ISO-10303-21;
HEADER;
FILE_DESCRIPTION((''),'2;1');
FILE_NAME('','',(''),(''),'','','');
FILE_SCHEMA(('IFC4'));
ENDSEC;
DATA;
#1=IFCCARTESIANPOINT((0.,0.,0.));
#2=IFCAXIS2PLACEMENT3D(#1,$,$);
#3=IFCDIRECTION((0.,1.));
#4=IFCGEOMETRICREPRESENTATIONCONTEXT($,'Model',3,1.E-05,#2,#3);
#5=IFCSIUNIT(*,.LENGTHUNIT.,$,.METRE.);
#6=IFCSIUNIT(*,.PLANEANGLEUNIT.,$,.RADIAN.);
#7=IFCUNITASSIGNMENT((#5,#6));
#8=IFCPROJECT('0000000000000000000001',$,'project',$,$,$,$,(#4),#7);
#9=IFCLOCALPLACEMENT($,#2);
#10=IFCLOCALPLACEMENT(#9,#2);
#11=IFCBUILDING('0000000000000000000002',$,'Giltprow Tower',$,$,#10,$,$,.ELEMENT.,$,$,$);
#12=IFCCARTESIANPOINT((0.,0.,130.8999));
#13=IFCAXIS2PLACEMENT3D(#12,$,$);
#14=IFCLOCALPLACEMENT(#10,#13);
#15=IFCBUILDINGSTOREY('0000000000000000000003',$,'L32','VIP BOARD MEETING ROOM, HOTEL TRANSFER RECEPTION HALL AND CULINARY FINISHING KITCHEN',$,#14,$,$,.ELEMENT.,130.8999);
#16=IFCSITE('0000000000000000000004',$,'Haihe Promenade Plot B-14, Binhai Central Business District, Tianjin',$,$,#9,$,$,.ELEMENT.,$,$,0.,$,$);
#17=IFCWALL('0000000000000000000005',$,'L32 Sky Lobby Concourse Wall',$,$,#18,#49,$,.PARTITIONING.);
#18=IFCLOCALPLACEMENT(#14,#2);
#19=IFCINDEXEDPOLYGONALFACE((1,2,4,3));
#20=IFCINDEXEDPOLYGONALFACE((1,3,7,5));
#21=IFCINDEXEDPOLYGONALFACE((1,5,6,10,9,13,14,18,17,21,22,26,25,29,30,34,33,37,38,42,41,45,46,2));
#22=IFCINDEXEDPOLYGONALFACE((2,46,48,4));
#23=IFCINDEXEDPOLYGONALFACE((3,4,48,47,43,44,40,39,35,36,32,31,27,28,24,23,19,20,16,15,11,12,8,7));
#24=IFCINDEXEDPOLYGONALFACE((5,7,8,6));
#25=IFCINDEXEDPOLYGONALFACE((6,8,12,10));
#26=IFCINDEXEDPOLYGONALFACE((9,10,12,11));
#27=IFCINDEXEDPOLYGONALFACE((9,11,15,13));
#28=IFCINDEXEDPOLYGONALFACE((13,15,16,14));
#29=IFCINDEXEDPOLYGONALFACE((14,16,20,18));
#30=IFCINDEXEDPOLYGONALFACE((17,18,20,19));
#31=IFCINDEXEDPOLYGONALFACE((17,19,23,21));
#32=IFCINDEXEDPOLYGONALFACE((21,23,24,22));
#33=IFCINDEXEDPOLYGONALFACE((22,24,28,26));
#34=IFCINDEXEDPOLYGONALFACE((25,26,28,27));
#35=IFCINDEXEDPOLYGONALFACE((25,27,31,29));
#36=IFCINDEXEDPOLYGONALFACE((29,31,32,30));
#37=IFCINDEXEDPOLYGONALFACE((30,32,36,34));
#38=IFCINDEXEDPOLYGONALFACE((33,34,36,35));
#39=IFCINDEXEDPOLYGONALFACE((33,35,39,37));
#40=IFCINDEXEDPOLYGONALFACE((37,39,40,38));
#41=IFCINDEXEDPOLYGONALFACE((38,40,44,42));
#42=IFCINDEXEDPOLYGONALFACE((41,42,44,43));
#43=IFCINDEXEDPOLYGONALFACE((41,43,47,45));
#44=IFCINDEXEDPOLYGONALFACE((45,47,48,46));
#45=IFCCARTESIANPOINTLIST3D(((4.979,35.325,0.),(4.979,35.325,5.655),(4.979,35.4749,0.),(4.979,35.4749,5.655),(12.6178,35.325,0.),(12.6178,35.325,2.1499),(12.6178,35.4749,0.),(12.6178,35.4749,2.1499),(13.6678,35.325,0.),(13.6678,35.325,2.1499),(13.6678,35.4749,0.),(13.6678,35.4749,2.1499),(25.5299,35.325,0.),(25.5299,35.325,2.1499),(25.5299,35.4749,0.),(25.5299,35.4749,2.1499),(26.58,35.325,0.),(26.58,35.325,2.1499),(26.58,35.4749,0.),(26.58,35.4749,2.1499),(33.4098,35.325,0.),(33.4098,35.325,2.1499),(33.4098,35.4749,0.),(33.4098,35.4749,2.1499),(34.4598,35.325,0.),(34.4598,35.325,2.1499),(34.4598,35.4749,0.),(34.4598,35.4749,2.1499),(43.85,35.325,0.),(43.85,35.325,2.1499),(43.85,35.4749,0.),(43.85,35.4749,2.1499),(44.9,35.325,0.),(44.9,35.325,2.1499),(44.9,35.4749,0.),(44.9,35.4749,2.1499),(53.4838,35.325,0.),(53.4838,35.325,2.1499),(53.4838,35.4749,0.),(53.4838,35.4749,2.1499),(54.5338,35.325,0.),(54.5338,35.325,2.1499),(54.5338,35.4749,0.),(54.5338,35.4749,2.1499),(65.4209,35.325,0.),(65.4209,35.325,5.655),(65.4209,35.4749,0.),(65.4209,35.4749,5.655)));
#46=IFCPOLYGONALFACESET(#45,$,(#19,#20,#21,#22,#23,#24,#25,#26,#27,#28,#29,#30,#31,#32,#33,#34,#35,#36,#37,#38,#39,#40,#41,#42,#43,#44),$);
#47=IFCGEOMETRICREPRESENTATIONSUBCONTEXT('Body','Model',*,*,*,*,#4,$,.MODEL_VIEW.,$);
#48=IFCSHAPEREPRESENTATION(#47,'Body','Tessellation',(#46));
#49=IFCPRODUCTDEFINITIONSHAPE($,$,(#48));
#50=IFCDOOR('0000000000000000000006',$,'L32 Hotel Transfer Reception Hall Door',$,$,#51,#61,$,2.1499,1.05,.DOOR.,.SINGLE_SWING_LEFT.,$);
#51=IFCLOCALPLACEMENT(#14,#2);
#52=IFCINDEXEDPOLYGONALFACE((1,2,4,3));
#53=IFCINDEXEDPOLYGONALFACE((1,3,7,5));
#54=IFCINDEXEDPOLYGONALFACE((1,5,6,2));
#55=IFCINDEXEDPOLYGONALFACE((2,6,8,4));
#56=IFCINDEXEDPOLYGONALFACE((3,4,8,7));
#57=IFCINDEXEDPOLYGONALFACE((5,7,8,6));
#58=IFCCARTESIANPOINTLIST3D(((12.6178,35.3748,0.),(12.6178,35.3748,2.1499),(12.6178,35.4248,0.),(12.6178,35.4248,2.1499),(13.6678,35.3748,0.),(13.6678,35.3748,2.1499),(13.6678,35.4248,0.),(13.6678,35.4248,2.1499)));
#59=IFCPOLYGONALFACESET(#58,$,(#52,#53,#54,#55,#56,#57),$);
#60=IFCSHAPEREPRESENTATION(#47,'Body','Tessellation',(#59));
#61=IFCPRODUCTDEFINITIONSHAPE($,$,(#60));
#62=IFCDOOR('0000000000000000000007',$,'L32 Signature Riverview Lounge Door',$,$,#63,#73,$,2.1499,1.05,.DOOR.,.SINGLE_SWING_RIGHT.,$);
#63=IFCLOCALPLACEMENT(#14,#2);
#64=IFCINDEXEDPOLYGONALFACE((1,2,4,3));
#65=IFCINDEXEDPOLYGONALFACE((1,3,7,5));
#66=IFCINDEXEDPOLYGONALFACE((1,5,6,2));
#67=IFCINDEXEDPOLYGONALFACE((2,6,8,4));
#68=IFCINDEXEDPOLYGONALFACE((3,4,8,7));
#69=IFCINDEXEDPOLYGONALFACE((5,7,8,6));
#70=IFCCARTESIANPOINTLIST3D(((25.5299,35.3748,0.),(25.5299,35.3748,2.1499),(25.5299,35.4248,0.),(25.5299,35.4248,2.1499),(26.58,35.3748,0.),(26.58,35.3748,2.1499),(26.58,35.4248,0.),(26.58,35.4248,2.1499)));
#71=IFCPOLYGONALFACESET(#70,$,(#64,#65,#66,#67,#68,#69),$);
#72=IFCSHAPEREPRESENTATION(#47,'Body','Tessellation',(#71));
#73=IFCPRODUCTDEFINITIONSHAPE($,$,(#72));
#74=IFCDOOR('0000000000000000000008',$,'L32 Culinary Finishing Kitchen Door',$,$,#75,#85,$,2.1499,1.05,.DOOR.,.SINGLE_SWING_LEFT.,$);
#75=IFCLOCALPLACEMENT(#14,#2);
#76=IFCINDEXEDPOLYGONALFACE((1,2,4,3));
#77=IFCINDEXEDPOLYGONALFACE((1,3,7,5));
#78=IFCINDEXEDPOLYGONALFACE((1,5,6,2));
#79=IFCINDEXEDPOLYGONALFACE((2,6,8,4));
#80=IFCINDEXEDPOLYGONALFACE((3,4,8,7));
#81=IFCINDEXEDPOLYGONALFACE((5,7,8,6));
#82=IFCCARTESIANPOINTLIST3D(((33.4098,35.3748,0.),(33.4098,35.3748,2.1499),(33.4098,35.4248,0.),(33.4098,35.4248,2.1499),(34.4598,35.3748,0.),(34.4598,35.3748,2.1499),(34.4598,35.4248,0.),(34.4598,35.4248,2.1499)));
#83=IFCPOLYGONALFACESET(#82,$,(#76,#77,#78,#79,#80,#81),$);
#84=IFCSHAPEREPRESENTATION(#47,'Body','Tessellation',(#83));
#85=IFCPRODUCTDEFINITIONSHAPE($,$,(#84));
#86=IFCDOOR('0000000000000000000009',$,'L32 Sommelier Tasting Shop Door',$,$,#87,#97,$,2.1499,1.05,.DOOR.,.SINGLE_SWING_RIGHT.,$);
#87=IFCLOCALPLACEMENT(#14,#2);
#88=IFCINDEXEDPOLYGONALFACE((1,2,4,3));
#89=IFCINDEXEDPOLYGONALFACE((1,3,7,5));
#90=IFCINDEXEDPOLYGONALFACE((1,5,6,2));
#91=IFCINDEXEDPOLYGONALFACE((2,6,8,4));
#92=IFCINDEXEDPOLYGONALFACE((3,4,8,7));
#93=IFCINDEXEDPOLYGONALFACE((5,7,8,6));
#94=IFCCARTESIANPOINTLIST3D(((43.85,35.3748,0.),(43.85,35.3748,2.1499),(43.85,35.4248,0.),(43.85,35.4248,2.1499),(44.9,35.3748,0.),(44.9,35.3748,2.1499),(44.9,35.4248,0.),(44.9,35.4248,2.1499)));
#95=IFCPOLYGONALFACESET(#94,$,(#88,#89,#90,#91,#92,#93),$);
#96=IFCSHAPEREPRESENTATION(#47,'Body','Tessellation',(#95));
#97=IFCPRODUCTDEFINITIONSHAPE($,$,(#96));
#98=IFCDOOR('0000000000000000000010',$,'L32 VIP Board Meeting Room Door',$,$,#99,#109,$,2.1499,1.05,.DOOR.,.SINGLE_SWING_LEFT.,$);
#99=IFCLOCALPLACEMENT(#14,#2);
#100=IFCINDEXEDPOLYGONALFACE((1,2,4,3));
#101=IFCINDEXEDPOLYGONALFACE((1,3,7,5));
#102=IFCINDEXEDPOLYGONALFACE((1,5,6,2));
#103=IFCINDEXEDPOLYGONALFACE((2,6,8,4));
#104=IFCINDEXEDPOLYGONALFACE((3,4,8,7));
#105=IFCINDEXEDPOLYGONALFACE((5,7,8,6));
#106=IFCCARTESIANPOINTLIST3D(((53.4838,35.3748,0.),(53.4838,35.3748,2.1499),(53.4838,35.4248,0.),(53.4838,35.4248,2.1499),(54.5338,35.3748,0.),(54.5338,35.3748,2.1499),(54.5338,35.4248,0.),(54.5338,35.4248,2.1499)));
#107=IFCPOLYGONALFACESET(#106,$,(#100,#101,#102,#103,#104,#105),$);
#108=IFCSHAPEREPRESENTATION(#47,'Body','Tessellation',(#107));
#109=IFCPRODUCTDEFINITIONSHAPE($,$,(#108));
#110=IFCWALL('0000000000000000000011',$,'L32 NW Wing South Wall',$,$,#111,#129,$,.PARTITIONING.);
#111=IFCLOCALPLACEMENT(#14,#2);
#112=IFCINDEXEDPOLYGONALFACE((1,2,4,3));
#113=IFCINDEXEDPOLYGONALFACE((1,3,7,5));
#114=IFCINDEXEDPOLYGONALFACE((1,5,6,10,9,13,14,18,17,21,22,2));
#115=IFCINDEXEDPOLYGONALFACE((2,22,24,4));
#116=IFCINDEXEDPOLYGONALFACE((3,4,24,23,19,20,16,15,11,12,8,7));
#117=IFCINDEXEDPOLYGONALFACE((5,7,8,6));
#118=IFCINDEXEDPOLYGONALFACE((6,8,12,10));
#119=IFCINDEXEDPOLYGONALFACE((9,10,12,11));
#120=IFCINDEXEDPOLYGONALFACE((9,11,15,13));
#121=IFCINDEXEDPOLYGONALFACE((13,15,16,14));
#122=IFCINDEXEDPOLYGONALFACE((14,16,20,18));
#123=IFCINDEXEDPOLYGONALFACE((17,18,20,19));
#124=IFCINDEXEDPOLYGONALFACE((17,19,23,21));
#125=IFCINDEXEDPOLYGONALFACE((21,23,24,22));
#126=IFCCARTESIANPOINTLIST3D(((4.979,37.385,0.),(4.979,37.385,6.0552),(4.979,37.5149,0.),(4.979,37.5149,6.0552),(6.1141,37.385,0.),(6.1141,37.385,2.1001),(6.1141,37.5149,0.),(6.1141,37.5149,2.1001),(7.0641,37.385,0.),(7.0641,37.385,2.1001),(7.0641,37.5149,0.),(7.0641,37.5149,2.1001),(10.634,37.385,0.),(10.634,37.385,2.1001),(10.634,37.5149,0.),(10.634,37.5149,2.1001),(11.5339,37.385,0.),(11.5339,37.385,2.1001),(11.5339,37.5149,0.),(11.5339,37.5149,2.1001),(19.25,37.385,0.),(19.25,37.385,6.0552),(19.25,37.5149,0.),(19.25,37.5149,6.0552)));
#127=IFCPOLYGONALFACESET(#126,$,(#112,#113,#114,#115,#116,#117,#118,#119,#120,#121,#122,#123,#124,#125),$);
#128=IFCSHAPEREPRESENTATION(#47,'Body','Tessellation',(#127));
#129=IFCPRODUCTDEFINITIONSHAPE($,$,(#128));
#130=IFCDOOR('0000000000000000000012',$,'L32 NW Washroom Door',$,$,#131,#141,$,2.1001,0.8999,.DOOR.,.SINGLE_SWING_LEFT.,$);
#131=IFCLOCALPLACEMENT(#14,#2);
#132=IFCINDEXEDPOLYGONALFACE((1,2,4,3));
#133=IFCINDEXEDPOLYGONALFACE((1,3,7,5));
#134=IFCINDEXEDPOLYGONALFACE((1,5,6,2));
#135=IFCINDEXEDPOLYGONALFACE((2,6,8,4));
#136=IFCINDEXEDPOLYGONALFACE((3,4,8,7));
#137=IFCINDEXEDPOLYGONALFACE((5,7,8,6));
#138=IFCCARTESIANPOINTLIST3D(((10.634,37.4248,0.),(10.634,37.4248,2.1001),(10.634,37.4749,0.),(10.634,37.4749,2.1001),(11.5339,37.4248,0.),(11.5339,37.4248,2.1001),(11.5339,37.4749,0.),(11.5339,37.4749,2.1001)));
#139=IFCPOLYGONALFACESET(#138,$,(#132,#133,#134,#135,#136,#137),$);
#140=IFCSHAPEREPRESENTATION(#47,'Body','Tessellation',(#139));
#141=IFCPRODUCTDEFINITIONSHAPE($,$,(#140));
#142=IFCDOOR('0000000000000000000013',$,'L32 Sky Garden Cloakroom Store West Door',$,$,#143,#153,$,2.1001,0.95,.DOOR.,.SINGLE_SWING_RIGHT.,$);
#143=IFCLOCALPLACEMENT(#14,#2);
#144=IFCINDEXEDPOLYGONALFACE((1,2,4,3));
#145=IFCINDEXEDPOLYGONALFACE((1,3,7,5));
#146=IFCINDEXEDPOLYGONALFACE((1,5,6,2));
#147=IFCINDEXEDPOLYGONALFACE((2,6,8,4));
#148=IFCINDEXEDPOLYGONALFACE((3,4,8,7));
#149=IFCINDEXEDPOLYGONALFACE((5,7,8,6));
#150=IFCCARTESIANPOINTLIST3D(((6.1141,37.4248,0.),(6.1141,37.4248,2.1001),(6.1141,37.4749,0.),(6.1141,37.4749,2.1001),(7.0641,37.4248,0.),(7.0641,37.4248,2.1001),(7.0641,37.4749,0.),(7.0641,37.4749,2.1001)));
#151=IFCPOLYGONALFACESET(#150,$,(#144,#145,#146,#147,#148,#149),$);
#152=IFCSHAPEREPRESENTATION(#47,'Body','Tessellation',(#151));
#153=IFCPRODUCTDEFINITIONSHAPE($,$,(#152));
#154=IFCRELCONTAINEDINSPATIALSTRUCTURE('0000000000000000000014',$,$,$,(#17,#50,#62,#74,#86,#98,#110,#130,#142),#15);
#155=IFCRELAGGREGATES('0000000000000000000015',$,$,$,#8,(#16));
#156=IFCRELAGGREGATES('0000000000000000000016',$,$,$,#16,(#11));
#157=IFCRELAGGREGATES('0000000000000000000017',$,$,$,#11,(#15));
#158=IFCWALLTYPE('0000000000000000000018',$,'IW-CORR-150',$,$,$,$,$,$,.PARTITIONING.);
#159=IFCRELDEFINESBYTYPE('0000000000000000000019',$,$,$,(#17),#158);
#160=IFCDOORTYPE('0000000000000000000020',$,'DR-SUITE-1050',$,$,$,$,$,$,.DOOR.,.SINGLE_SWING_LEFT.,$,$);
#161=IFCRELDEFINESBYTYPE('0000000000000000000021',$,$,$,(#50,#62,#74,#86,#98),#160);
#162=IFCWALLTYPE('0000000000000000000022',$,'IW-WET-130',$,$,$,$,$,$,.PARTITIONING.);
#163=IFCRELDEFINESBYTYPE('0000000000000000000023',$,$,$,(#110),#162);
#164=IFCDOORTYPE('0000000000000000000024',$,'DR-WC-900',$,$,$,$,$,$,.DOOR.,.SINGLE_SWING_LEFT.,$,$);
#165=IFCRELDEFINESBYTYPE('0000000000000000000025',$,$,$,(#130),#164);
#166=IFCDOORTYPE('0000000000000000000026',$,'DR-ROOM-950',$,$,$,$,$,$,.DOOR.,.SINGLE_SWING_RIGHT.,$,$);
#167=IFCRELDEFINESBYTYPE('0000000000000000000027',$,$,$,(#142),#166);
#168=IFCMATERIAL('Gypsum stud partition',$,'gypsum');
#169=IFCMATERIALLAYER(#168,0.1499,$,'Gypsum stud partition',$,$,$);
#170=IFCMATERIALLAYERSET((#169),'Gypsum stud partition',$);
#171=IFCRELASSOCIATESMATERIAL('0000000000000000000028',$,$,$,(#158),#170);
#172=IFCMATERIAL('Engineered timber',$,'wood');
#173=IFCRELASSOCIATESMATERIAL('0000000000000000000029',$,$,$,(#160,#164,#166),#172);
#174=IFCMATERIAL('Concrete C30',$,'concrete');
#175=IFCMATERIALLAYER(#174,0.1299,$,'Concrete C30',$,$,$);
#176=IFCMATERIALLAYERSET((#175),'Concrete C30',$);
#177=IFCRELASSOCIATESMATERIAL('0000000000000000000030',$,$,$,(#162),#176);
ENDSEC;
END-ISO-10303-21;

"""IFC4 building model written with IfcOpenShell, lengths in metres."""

from ifc_helpers import new_model, si_unit, direction, frame, frame_2d, origin, place, context, subcontext, project, spatial, rectangle, extrude, source, transform, mapped, material, layer, layer_set, type_object, element, fill, save


model = new_model("IFC4")

# Units and contexts
model_context = context("Model", 3, precision=1e-05, world=origin(), true_north=direction((0.0, 1.0)))
body_context = subcontext(model_context, "Body", "Model", "MODEL_VIEW")
ifc_project = project(units=[si_unit("LENGTHUNIT", "METRE"), si_unit("PLANEANGLEUNIT", "RADIAN")], contexts=[model_context])

# Site, building, storey
site_placement = place(None, origin())
site = spatial("IfcSite", under=ifc_project, at=site_placement, Name="Haihe Promenade Plot B-14, Binhai Central Business District, Tianjin", CompositionType="ELEMENT", RefElevation=0.0)
building_placement = place(site_placement, origin())
building = spatial("IfcBuilding", under=site, at=building_placement, Name="Giltprow Tower", CompositionType="ELEMENT")
storey_placement = place(building_placement, frame((0.0, 0.0, 130.8999)))
storey = spatial("IfcBuildingStorey", under=building, at=storey_placement, Name="L32", Description="VIP BOARD MEETING ROOM, HOTEL TRANSFER RECEPTION HALL AND CULINARY FINISHING KITCHEN", CompositionType="ELEMENT", Elevation=130.8999)

# Walls, openings, doors
ifc_material_1 = material(Name="Gypsum stud partition", Category="gypsum")
ifc_layer_1 = layer(ifc_material_1, 0.1499, Name="Gypsum stud partition")
ifc_layer_set_1 = layer_set([ifc_layer_1], Name="Gypsum stud partition")
wall_type_1 = type_object("IfcWallType", Name="IW-CORR-150", PredefinedType="PARTITIONING", material=ifc_layer_set_1)
wall_1_placement = place(storey_placement, frame((4.979, 35.3999, 0.0), z_axis=(0.0, 0.0, 1.0), x_axis=(1.0, 0.0, 0.0)))
wall_1 = element("IfcWall", 1, at=wall_1_placement, inside=storey, type_object=wall_type_1, Name="L32 Sky Lobby Concourse Wall", PredefinedType="PARTITIONING", context=body_context, shape_type="SweptSolid", body=[
    extrude(rectangle(XDim=60.4419, YDim=0.1499, at=frame_2d((30.2209, 0.0))), origin(), (0.0, 0.0, 1.0), 5.655),
])
opening_1_placement = place(wall_1_placement, frame((7.6389, 0.0, 0.0)))
opening_1 = element("IfcOpeningElement", 2, at=opening_1_placement, cuts=wall_1, PredefinedType="OPENING", context=body_context, shape_type="SweptSolid", body=[
    extrude(rectangle(XDim=1.05, YDim=2.1499, at=frame_2d((0.5249, 1.075))), frame((0.0, 0.085, 0.0), z_axis=(0.0, -1.0, 0.0), x_axis=(1.0, 0.0, 0.0)), (0.0, 0.0, 1.0), 0.1699),
])
opening_2_placement = place(wall_1_placement, frame((20.551, 0.0, 0.0)))
opening_2 = element("IfcOpeningElement", 3, at=opening_2_placement, cuts=wall_1, PredefinedType="OPENING", context=body_context, shape_type="SweptSolid", body=[
    extrude(rectangle(XDim=1.05, YDim=2.1499, at=frame_2d((0.5249, 1.075))), frame((0.0, 0.085, 0.0), z_axis=(0.0, -1.0, 0.0), x_axis=(1.0, 0.0, 0.0)), (0.0, 0.0, 1.0), 0.1699),
])
opening_3_placement = place(wall_1_placement, frame((28.4309, 0.0, 0.0)))
opening_3 = element("IfcOpeningElement", 4, at=opening_3_placement, cuts=wall_1, PredefinedType="OPENING", context=body_context, shape_type="SweptSolid", body=[
    extrude(rectangle(XDim=1.05, YDim=2.1499, at=frame_2d((0.5249, 1.075))), frame((0.0, 0.085, 0.0), z_axis=(0.0, -1.0, 0.0), x_axis=(1.0, 0.0, 0.0)), (0.0, 0.0, 1.0), 0.1699),
])
opening_4_placement = place(wall_1_placement, frame((38.8711, 0.0, 0.0)))
opening_4 = element("IfcOpeningElement", 5, at=opening_4_placement, cuts=wall_1, PredefinedType="OPENING", context=body_context, shape_type="SweptSolid", body=[
    extrude(rectangle(XDim=1.05, YDim=2.1499, at=frame_2d((0.5249, 1.075))), frame((0.0, 0.085, 0.0), z_axis=(0.0, -1.0, 0.0), x_axis=(1.0, 0.0, 0.0)), (0.0, 0.0, 1.0), 0.1699),
])
opening_5_placement = place(wall_1_placement, frame((48.5049, 0.0, 0.0)))
opening_5 = element("IfcOpeningElement", 6, at=opening_5_placement, cuts=wall_1, PredefinedType="OPENING", context=body_context, shape_type="SweptSolid", body=[
    extrude(rectangle(XDim=1.05, YDim=2.1499, at=frame_2d((0.5249, 1.075))), frame((0.0, 0.085, 0.0), z_axis=(0.0, -1.0, 0.0), x_axis=(1.0, 0.0, 0.0)), (0.0, 0.0, 1.0), 0.1699),
])
ifc_material_2 = material(Name="Engineered timber", Category="wood")
door_type_1 = type_object("IfcDoorType", Name="DR-SUITE-1050", OperationType="SINGLE_SWING_LEFT", PredefinedType="DOOR", material=ifc_material_2)
shared_shape_1 = source(origin(), body_context, "Body", "SweptSolid", [
    extrude(rectangle(XDim=1.05, YDim=2.1499, at=frame_2d((0.5249, 1.075))), frame((0.0, 0.0249, 0.0), z_axis=(0.0, -1.0, 0.0), x_axis=(1.0, 0.0, 0.0)), (0.0, 0.0, 1.0), 0.05),
])
door_1_placement = place(opening_1_placement, origin())
door_1 = element("IfcDoor", 7, at=door_1_placement, inside=storey, type_object=door_type_1, Name="L32 Hotel Transfer Reception Hall Door", OperationType="SINGLE_SWING_LEFT", OverallHeight=2.1499, OverallWidth=1.05, PredefinedType="DOOR", context=body_context, shape_type="MappedRepresentation", body=[
    mapped(shared_shape_1, transform((0.0, 0.0, 0.0), x_axis=(1.0, 0.0, 0.0), y_axis=(0.0, 1.0, 0.0), z_axis=(0.0, 0.0, 1.0), scale=1.0)),
])
fill(opening_1, door_1)
door_2_placement = place(opening_2_placement, origin())
door_2 = element("IfcDoor", 8, at=door_2_placement, inside=storey, type_object=door_type_1, Name="L32 Signature Riverview Lounge Door", OperationType="SINGLE_SWING_RIGHT", OverallHeight=2.1499, OverallWidth=1.05, PredefinedType="DOOR", context=body_context, shape_type="MappedRepresentation", body=[
    mapped(shared_shape_1, transform((0.0, 0.0, 0.0), x_axis=(1.0, 0.0, 0.0), y_axis=(0.0, 1.0, 0.0), z_axis=(0.0, 0.0, 1.0), scale=1.0)),
])
fill(opening_2, door_2)
door_3_placement = place(opening_3_placement, origin())
door_3 = element("IfcDoor", 9, at=door_3_placement, inside=storey, type_object=door_type_1, Name="L32 Culinary Finishing Kitchen Door", OperationType="SINGLE_SWING_LEFT", OverallHeight=2.1499, OverallWidth=1.05, PredefinedType="DOOR", context=body_context, shape_type="MappedRepresentation", body=[
    mapped(shared_shape_1, transform((0.0, 0.0, 0.0), x_axis=(1.0, 0.0, 0.0), y_axis=(0.0, 1.0, 0.0), z_axis=(0.0, 0.0, 1.0), scale=1.0)),
])
fill(opening_3, door_3)
door_4_placement = place(opening_4_placement, origin())
door_4 = element("IfcDoor", 10, at=door_4_placement, inside=storey, type_object=door_type_1, Name="L32 Sommelier Tasting Shop Door", OperationType="SINGLE_SWING_RIGHT", OverallHeight=2.1499, OverallWidth=1.05, PredefinedType="DOOR", context=body_context, shape_type="MappedRepresentation", body=[
    mapped(shared_shape_1, transform((0.0, 0.0, 0.0), x_axis=(1.0, 0.0, 0.0), y_axis=(0.0, 1.0, 0.0), z_axis=(0.0, 0.0, 1.0), scale=1.0)),
])
fill(opening_4, door_4)
door_5_placement = place(opening_5_placement, origin())
door_5 = element("IfcDoor", 11, at=door_5_placement, inside=storey, type_object=door_type_1, Name="L32 VIP Board Meeting Room Door", OperationType="SINGLE_SWING_LEFT", OverallHeight=2.1499, OverallWidth=1.05, PredefinedType="DOOR", context=body_context, shape_type="MappedRepresentation", body=[
    mapped(shared_shape_1, transform((0.0, 0.0, 0.0), x_axis=(1.0, 0.0, 0.0), y_axis=(0.0, 1.0, 0.0), z_axis=(0.0, 0.0, 1.0), scale=1.0)),
])
fill(opening_5, door_5)
ifc_material_3 = material(Name="Concrete C30", Category="concrete")
ifc_layer_2 = layer(ifc_material_3, 0.1299, Name="Concrete C30")
ifc_layer_set_2 = layer_set([ifc_layer_2], Name="Concrete C30")
wall_type_2 = type_object("IfcWallType", Name="IW-WET-130", PredefinedType="PARTITIONING", material=ifc_layer_set_2)
wall_2_placement = place(storey_placement, frame((4.979, 37.45, 0.0), z_axis=(0.0, 0.0, 1.0), x_axis=(1.0, 0.0, 0.0)))
wall_2 = element("IfcWall", 12, at=wall_2_placement, inside=storey, type_object=wall_type_2, Name="L32 NW Wing South Wall", PredefinedType="PARTITIONING", context=body_context, shape_type="SweptSolid", body=[
    extrude(rectangle(XDim=14.271, YDim=0.1299, at=frame_2d((7.1355, 0.0))), origin(), (0.0, 0.0, 1.0), 6.0552),
])
opening_6_placement = place(wall_2_placement, frame((1.135, 0.0, 0.0)))
opening_6 = element("IfcOpeningElement", 13, at=opening_6_placement, cuts=wall_2, PredefinedType="OPENING", context=body_context, shape_type="SweptSolid", body=[
    extrude(rectangle(XDim=0.95, YDim=2.1001, at=frame_2d((0.4751, 1.05))), frame((0.0, 0.075, 0.0), z_axis=(0.0, -1.0, 0.0), x_axis=(1.0, 0.0, 0.0)), (0.0, 0.0, 1.0), 0.1499),
])
opening_7_placement = place(wall_2_placement, frame((5.655, 0.0, 0.0)))
opening_7 = element("IfcOpeningElement", 14, at=opening_7_placement, cuts=wall_2, PredefinedType="OPENING", context=body_context, shape_type="SweptSolid", body=[
    extrude(rectangle(XDim=0.8999, YDim=2.1001, at=frame_2d((0.45, 1.05))), frame((0.0, 0.075, 0.0), z_axis=(0.0, -1.0, 0.0), x_axis=(1.0, 0.0, 0.0)), (0.0, 0.0, 1.0), 0.1499),
])
door_type_2 = type_object("IfcDoorType", Name="DR-WC-900", OperationType="SINGLE_SWING_LEFT", PredefinedType="DOOR", material=ifc_material_2)
shared_shape_2 = source(origin(), body_context, "Body", "SweptSolid", [
    extrude(rectangle(XDim=0.8999, YDim=2.1001, at=frame_2d((0.45, 1.05))), frame((0.0, 0.0249, 0.0), z_axis=(0.0, -1.0, 0.0), x_axis=(1.0, 0.0, 0.0)), (0.0, 0.0, 1.0), 0.05),
])
door_6_placement = place(opening_7_placement, origin())
door_6 = element("IfcDoor", 15, at=door_6_placement, inside=storey, type_object=door_type_2, Name="L32 NW Washroom Door", OperationType="SINGLE_SWING_LEFT", OverallHeight=2.1001, OverallWidth=0.8999, PredefinedType="DOOR", context=body_context, shape_type="MappedRepresentation", body=[
    mapped(shared_shape_2, transform((0.0, 0.0, 0.0), x_axis=(1.0, 0.0, 0.0), y_axis=(0.0, 1.0, 0.0), z_axis=(0.0, 0.0, 1.0), scale=1.0)),
])
fill(opening_7, door_6)
door_type_3 = type_object("IfcDoorType", Name="DR-ROOM-950", OperationType="SINGLE_SWING_RIGHT", PredefinedType="DOOR", material=ifc_material_2)
shared_shape_3 = source(origin(), body_context, "Body", "SweptSolid", [
    extrude(rectangle(XDim=0.95, YDim=2.1001, at=frame_2d((0.4751, 1.05))), frame((0.0, 0.0249, 0.0), z_axis=(0.0, -1.0, 0.0), x_axis=(1.0, 0.0, 0.0)), (0.0, 0.0, 1.0), 0.05),
])
door_7_placement = place(opening_6_placement, origin())
door_7 = element("IfcDoor", 16, at=door_7_placement, inside=storey, type_object=door_type_3, Name="L32 Sky Garden Cloakroom Store West Door", OperationType="SINGLE_SWING_RIGHT", OverallHeight=2.1001, OverallWidth=0.95, PredefinedType="DOOR", context=body_context, shape_type="MappedRepresentation", body=[
    mapped(shared_shape_3, transform((0.0, 0.0, 0.0), x_axis=(1.0, 0.0, 0.0), y_axis=(0.0, 1.0, 0.0), z_axis=(0.0, 0.0, 1.0), scale=1.0)),
])
fill(opening_6, door_7)

save(model, "model.ifc")
